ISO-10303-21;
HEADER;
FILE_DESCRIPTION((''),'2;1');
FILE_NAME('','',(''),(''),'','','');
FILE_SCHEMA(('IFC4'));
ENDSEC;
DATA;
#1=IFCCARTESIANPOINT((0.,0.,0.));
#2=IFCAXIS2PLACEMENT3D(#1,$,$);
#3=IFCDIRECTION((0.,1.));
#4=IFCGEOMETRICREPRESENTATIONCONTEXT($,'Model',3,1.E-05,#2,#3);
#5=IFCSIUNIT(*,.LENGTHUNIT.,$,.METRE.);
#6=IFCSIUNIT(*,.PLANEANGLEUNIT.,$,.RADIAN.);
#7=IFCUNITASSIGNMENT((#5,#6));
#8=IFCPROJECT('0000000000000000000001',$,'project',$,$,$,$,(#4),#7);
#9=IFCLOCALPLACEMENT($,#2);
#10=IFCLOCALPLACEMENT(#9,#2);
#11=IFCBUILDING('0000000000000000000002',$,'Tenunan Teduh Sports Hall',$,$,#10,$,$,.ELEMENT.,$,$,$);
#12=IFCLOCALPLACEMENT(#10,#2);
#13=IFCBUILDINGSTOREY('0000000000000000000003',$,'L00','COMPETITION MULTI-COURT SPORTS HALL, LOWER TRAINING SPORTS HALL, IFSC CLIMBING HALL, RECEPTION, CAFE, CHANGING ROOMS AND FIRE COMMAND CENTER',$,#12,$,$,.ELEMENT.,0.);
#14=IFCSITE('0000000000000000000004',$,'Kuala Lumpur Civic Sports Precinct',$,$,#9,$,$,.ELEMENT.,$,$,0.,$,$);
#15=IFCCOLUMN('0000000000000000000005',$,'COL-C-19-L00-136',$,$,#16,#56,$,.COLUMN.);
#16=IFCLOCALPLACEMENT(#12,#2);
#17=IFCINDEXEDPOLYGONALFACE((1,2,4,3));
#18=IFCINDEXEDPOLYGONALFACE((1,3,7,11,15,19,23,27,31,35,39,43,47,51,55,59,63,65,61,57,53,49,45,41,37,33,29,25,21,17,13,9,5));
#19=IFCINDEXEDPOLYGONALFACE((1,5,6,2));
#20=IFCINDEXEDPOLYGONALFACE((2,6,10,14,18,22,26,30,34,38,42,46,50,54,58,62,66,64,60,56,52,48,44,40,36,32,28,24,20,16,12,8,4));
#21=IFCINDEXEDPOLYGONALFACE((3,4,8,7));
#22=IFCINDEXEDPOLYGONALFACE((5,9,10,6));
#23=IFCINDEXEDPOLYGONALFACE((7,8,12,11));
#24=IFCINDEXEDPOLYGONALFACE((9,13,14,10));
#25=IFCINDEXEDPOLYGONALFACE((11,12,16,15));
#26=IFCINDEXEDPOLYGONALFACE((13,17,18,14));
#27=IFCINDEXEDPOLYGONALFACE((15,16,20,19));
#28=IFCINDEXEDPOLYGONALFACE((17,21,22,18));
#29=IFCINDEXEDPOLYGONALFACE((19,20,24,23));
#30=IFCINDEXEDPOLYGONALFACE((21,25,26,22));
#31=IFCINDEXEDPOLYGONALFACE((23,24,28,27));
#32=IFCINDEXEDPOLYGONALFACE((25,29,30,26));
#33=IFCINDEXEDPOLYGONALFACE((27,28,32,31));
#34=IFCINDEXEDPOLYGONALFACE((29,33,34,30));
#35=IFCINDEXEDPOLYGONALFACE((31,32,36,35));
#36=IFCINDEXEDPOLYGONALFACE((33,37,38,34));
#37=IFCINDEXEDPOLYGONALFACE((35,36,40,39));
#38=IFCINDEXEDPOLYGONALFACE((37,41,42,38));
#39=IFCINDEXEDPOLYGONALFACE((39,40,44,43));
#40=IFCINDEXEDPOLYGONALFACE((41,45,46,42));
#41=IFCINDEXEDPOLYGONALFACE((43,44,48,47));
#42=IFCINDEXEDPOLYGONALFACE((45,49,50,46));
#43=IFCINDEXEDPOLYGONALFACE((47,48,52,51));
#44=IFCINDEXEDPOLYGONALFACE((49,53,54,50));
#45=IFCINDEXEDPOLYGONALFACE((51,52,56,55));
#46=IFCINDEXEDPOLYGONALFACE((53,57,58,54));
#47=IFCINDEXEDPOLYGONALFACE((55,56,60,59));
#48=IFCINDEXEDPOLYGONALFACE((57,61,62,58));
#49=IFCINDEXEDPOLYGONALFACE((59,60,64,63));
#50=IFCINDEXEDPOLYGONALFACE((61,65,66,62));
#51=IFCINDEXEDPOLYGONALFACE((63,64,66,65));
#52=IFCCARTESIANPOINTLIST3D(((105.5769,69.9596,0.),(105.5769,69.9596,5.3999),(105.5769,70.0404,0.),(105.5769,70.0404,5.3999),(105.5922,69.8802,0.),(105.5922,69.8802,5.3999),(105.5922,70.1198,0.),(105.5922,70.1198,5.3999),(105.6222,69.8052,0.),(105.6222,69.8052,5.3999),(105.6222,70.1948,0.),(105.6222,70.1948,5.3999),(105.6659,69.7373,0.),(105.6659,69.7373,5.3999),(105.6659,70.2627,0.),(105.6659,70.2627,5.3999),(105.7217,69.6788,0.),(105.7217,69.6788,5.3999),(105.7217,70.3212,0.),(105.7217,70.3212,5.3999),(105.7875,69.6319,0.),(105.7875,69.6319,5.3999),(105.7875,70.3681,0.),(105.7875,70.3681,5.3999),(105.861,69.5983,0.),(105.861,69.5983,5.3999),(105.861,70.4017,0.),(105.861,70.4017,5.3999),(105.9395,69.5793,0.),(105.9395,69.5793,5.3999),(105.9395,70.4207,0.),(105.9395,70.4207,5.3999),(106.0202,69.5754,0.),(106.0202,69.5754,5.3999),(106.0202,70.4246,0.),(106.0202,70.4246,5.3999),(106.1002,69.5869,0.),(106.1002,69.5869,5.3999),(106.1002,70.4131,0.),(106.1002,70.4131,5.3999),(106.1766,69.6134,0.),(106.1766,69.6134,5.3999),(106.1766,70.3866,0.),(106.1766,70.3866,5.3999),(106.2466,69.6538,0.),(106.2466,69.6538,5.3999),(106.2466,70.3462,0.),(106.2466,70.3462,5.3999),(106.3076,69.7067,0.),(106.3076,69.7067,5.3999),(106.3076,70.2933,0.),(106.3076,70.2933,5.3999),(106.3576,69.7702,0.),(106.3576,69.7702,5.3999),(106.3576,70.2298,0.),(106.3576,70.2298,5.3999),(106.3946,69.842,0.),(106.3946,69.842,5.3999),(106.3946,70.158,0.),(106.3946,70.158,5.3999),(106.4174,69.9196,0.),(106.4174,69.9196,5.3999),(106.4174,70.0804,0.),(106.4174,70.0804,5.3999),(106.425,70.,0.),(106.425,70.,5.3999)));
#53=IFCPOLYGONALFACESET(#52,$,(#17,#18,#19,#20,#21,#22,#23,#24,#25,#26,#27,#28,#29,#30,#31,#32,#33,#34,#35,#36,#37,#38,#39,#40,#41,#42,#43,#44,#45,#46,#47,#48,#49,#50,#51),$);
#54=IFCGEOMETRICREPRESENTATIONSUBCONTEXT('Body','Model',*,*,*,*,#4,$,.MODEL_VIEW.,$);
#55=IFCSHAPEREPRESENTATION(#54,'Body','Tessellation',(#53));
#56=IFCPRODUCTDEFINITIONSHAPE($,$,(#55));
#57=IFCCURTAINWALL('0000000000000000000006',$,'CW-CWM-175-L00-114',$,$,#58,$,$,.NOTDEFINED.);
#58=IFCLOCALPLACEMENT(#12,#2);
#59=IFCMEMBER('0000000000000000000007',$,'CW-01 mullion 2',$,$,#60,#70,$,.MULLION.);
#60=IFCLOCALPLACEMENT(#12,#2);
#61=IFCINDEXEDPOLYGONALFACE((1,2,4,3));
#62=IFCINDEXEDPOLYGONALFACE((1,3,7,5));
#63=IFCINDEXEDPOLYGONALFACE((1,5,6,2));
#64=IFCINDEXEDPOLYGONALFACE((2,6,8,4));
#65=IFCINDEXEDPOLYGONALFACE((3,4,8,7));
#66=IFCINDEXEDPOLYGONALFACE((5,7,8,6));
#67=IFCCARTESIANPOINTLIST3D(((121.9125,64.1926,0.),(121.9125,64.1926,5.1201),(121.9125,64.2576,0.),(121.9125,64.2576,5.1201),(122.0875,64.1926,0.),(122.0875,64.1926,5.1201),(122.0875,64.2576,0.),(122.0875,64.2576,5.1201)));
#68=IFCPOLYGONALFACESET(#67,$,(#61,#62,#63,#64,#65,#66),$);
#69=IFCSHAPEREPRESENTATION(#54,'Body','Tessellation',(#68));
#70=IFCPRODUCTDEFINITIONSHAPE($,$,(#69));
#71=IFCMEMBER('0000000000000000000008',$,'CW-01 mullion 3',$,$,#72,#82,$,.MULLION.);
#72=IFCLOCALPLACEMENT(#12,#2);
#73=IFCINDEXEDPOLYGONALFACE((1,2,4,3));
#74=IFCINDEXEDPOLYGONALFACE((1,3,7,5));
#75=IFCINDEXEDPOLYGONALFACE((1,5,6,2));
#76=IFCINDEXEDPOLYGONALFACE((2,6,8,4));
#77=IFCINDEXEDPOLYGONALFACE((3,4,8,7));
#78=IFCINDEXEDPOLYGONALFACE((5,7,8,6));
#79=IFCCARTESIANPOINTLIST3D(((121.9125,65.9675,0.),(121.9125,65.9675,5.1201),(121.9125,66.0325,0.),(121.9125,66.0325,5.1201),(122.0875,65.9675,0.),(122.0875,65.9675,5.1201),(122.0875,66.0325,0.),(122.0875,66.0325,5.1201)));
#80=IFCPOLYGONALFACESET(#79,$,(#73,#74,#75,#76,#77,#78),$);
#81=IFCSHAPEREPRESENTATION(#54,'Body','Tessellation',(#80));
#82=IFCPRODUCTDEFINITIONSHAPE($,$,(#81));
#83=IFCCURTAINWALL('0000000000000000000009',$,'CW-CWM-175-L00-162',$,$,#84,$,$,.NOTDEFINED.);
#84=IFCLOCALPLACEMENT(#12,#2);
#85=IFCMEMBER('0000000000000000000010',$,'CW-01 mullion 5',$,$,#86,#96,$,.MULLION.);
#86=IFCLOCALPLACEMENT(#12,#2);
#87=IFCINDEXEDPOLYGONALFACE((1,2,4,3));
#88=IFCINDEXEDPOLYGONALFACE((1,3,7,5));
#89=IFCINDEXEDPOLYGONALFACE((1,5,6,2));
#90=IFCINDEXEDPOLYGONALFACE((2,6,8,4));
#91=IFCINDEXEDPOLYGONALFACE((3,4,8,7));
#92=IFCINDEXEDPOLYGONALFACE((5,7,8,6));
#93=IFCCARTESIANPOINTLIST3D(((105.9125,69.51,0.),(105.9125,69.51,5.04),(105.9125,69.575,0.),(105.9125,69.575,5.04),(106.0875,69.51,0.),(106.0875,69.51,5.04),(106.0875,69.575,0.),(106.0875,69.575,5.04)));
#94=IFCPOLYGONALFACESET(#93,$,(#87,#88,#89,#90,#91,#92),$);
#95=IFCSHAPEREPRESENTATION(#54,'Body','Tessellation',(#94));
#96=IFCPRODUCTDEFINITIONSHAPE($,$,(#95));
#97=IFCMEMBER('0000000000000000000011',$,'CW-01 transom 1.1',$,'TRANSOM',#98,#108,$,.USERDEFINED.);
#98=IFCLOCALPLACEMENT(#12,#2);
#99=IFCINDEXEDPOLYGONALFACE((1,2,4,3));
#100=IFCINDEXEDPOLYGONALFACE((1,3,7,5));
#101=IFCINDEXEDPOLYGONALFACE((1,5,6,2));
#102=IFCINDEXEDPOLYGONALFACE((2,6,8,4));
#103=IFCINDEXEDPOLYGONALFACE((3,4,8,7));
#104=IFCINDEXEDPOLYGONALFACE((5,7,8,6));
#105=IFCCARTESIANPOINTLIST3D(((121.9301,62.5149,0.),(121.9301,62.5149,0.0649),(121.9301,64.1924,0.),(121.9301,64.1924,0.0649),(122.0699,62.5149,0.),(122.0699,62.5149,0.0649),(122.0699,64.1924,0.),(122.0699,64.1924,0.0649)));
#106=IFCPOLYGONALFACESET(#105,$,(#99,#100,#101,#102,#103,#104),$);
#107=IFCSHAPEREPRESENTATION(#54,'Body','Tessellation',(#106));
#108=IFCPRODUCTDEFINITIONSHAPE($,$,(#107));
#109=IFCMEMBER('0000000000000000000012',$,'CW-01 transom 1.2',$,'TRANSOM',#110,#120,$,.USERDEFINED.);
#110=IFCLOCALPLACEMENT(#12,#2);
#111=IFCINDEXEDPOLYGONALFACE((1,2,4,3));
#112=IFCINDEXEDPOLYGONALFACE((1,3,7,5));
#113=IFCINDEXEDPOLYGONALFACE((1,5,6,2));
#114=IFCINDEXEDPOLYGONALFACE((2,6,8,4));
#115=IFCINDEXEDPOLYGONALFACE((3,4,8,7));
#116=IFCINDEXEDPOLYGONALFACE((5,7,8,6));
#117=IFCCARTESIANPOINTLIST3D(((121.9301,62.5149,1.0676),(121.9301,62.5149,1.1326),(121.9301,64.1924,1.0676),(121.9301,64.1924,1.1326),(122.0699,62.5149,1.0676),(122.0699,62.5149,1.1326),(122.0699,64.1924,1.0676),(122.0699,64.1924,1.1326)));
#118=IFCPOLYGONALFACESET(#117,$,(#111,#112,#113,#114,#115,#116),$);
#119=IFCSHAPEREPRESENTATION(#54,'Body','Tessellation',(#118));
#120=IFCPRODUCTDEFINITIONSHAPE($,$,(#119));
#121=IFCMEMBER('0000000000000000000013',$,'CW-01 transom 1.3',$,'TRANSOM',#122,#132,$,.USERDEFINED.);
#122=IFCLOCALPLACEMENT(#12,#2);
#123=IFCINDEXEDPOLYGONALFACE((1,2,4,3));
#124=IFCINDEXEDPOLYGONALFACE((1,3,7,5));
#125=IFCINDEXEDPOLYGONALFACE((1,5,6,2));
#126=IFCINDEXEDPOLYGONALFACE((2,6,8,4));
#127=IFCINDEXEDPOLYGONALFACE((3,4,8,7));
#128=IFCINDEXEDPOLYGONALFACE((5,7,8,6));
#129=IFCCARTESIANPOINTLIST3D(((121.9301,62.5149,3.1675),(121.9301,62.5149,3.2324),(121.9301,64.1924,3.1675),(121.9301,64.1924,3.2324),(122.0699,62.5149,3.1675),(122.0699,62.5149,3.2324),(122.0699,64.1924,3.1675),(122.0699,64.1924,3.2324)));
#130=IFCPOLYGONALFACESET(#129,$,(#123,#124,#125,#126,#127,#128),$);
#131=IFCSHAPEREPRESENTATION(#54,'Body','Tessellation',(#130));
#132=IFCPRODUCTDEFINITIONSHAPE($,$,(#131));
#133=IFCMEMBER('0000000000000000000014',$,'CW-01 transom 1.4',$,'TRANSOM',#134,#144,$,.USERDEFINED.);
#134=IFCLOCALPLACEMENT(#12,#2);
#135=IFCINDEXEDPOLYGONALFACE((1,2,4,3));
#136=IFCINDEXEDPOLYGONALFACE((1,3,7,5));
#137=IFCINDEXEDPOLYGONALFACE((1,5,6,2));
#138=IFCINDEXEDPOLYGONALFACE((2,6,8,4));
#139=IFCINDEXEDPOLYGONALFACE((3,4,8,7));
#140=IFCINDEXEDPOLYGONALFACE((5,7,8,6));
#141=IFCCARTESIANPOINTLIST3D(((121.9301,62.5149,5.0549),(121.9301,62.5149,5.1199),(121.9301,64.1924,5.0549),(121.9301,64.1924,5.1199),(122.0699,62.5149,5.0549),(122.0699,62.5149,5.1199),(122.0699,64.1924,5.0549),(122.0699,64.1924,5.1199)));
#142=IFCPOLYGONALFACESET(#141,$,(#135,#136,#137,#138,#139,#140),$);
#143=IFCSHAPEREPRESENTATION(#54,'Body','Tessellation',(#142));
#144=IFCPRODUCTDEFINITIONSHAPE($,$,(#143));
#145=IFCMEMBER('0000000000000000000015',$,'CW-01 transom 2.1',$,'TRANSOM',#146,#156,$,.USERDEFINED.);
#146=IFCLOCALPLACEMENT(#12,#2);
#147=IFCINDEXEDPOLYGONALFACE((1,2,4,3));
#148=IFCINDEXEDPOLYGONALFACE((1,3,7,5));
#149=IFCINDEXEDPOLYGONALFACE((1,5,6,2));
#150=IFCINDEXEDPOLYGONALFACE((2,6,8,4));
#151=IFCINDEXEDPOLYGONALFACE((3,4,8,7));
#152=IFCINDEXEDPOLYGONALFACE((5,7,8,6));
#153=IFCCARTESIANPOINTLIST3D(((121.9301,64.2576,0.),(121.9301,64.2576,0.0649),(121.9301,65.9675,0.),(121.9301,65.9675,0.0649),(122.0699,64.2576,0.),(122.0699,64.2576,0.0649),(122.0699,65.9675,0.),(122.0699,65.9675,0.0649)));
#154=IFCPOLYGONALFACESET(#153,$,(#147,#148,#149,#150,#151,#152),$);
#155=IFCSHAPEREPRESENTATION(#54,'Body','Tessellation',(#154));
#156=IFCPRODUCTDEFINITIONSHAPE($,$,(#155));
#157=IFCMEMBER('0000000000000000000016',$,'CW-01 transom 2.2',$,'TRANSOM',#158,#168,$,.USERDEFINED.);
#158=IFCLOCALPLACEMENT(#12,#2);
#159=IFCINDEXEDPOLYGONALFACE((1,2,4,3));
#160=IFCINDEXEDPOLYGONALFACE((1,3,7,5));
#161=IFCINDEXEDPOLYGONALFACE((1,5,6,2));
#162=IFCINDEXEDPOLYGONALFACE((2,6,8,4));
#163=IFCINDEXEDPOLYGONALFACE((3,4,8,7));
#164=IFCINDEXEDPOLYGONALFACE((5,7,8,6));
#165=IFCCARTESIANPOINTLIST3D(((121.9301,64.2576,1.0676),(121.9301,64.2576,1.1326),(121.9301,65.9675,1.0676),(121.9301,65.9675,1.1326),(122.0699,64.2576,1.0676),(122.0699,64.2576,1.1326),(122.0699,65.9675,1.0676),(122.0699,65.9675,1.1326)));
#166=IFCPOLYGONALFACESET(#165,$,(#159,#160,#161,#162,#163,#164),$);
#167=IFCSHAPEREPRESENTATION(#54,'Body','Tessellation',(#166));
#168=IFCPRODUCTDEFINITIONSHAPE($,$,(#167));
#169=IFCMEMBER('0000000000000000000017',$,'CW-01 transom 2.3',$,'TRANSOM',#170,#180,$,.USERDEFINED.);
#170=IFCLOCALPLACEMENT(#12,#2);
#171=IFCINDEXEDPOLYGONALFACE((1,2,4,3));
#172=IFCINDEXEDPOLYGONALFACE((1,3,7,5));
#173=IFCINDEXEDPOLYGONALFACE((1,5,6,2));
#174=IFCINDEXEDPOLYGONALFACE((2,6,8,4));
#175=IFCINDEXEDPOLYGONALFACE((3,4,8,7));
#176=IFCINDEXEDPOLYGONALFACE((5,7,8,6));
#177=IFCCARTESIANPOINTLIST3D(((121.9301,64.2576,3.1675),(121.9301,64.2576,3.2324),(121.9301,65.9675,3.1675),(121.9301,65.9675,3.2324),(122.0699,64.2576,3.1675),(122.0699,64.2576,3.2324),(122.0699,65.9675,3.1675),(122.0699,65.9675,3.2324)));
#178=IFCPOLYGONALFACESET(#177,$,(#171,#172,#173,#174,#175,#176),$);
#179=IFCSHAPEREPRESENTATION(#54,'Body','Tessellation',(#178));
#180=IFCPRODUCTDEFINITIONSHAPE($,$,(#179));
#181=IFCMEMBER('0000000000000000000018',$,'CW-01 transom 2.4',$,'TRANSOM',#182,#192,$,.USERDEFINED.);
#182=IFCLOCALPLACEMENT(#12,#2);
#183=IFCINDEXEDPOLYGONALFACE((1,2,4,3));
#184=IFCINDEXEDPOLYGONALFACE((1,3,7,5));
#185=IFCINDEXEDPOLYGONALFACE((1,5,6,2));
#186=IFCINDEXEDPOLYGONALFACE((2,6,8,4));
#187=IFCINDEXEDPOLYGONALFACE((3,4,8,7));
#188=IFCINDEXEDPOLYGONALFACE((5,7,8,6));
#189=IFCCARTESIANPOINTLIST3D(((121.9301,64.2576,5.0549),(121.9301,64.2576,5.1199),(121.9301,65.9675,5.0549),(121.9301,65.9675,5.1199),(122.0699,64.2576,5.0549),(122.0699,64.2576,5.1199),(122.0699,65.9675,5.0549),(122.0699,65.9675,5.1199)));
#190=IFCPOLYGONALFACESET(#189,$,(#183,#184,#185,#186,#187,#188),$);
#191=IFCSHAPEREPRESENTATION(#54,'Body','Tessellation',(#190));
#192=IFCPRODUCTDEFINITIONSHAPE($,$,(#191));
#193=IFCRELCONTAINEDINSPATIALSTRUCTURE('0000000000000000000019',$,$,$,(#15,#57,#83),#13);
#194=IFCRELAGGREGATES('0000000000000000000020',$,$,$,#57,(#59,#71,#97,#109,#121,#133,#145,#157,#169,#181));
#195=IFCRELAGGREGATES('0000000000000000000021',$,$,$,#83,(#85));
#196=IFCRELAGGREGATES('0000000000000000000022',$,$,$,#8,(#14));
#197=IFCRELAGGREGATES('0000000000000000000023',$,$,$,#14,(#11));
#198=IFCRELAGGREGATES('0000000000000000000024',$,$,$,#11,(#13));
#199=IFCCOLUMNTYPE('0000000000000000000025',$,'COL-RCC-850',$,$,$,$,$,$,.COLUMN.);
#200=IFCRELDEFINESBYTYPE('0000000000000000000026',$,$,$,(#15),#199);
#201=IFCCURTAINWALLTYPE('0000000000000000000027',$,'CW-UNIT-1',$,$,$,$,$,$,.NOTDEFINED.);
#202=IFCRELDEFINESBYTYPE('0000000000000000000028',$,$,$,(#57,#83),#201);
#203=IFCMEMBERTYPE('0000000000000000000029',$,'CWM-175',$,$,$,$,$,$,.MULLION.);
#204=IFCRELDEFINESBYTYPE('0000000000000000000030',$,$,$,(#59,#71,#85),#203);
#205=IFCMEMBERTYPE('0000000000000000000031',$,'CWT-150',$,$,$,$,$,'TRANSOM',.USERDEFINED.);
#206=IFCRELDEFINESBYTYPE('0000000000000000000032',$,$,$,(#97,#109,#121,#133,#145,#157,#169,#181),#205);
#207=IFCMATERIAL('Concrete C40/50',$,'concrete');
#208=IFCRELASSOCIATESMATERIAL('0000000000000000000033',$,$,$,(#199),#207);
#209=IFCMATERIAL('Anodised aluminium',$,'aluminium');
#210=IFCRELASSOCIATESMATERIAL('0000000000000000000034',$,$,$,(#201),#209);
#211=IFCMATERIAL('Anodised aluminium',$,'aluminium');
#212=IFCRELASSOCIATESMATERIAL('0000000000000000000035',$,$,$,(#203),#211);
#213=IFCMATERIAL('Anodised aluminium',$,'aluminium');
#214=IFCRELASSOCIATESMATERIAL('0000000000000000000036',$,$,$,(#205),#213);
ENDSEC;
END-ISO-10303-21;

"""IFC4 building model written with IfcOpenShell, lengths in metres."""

from ifc_helpers import new_model, si_unit, direction, frame, origin, origin_2d, place, context, subcontext, project, spatial, rectangle, circle, extrude, material, material_profile, profile_set, type_object, element, aggregate, save


model = new_model("IFC4")

# Units and contexts
model_context = context("Model", 3, precision=1e-05, world=origin(), true_north=direction((0.0, 1.0)))
body_context = subcontext(model_context, "Body", "Model", "MODEL_VIEW")
ifc_project = project(units=[si_unit("LENGTHUNIT", "METRE"), si_unit("PLANEANGLEUNIT", "RADIAN")], contexts=[model_context])

# Site, building, storey
site_placement = place(None, origin())
site = spatial("IfcSite", under=ifc_project, at=site_placement, Name="Kuala Lumpur Civic Sports Precinct", CompositionType="ELEMENT", RefElevation=0.0)
building_placement = place(site_placement, origin())
building = spatial("IfcBuilding", under=site, at=building_placement, Name="Tenunan Teduh Sports Hall", CompositionType="ELEMENT")
storey_placement = place(building_placement, origin())
storey = spatial("IfcBuildingStorey", under=building, at=storey_placement, Name="L00", Description="COMPETITION MULTI-COURT SPORTS HALL, LOWER TRAINING SPORTS HALL, IFSC CLIMBING HALL, RECEPTION, CAFE, CHANGING ROOMS AND FIRE COMMAND CENTER", CompositionType="ELEMENT", Elevation=0.0)

# Column
ifc_material_1 = material(Name="Concrete C40/50", Category="concrete")
ifc_material_profile_1 = material_profile(ifc_material_1, circle(Radius=0.425, at=origin_2d()), Name="RCC D850")
ifc_profile_set_1 = profile_set([ifc_material_profile_1], Name="Concrete C40/50")
column_type = type_object("IfcColumnType", Name="COL-RCC-850", PredefinedType="COLUMN", material=ifc_profile_set_1)
column_placement = place(storey_placement, frame((106.0, 70.0, 0.0), z_axis=(0.0, 0.0, 1.0), x_axis=(1.0, 0.0, 0.0)))
element("IfcColumn", 1, at=column_placement, inside=storey, type_object=column_type, Name="COL-C-19-L00-136", PredefinedType="COLUMN", context=body_context, shape_type="SweptSolid", body=[
    extrude(circle(Radius=0.425, at=origin_2d()), origin(), (0.0, 0.0, 1.0), 5.3999),
])

# Curtain wall, members
ifc_material_2 = material(Name="Anodised aluminium", Category="aluminium")
curtain_wall_type = type_object("IfcCurtainWallType", Name="CW-UNIT-1", PredefinedType="NOTDEFINED", material=ifc_material_2)
curtain_wall_1_placement = place(storey_placement, origin())
curtain_wall_1 = element("IfcCurtainWall", 2, at=curtain_wall_1_placement, inside=storey, type_object=curtain_wall_type, Name="CW-CWM-175-L00-114", PredefinedType="NOTDEFINED")
ifc_material_3 = material(Name="Anodised aluminium", Category="aluminium")
ifc_material_profile_2 = material_profile(ifc_material_3, rectangle(XDim=0.0649, YDim=0.175, at=origin_2d()), Name="CWM 65x175")
ifc_profile_set_2 = profile_set([ifc_material_profile_2], Name="Anodised aluminium")
member_type_1 = type_object("IfcMemberType", Name="CWM-175", PredefinedType="MULLION", material=ifc_profile_set_2)
member_1_placement = place(storey_placement, frame((122.0, 64.2251, 0.0), z_axis=(0.0, 0.0, 1.0), x_axis=(0.0, 1.0, 0.0)))
member_1 = element("IfcMember", 3, at=member_1_placement, type_object=member_type_1, Name="CW-01 mullion 2", PredefinedType="MULLION", context=body_context, shape_type="SweptSolid", body=[
    extrude(rectangle(XDim=0.0649, YDim=0.175, at=origin_2d()), origin(), (0.0, 0.0, 1.0), 5.1201),
])
member_2_placement = place(storey_placement, frame((122.0, 66.0, 0.0), z_axis=(0.0, 0.0, 1.0), x_axis=(0.0, 1.0, 0.0)))
member_2 = element("IfcMember", 4, at=member_2_placement, type_object=member_type_1, Name="CW-01 mullion 3", PredefinedType="MULLION", context=body_context, shape_type="SweptSolid", body=[
    extrude(rectangle(XDim=0.0649, YDim=0.175, at=origin_2d()), origin(), (0.0, 0.0, 1.0), 5.1201),
])

# Curtain wall, member
curtain_wall_2_placement = place(storey_placement, origin())
curtain_wall_2 = element("IfcCurtainWall", 5, at=curtain_wall_2_placement, inside=storey, type_object=curtain_wall_type, Name="CW-CWM-175-L00-162", PredefinedType="NOTDEFINED")
member_3_placement = place(storey_placement, frame((106.0, 69.5425, 0.0), z_axis=(0.0, 0.0, 1.0), x_axis=(0.0, 1.0, 0.0)))
member_3 = element("IfcMember", 6, at=member_3_placement, type_object=member_type_1, Name="CW-01 mullion 5", PredefinedType="MULLION", context=body_context, shape_type="SweptSolid", body=[
    extrude(rectangle(XDim=0.0649, YDim=0.175, at=origin_2d()), origin(), (0.0, 0.0, 1.0), 5.04),
])

# Members
ifc_material_4 = material(Name="Anodised aluminium", Category="aluminium")
ifc_material_profile_3 = material_profile(ifc_material_4, rectangle(XDim=0.0649, YDim=0.1399, at=origin_2d()), Name="CWT 65x140")
ifc_profile_set_3 = profile_set([ifc_material_profile_3], Name="Anodised aluminium")
member_type_2 = type_object("IfcMemberType", Name="CWT-150", ElementType="TRANSOM", PredefinedType="USERDEFINED", material=ifc_profile_set_3)
member_4_placement = place(storey_placement, frame((122.0, 62.5149, 0.0325), z_axis=(0.0, 1.0, 0.0), x_axis=(0.0, 0.0, 1.0)))
member_4 = element("IfcMember", 7, at=member_4_placement, type_object=member_type_2, Name="CW-01 transom 1.1", ObjectType="TRANSOM", PredefinedType="USERDEFINED", context=body_context, shape_type="SweptSolid", body=[
    extrude(rectangle(XDim=0.0649, YDim=0.1399, at=origin_2d()), origin(), (0.0, 0.0, 1.0), 1.6775),
])
member_5_placement = place(storey_placement, frame((122.0, 62.5149, 1.1001), z_axis=(0.0, 1.0, 0.0), x_axis=(0.0, 0.0, 1.0)))
member_5 = element("IfcMember", 8, at=member_5_placement, type_object=member_type_2, Name="CW-01 transom 1.2", ObjectType="TRANSOM", PredefinedType="USERDEFINED", context=body_context, shape_type="SweptSolid", body=[
    extrude(rectangle(XDim=0.0649, YDim=0.1399, at=origin_2d()), origin(), (0.0, 0.0, 1.0), 1.6775),
])
member_6_placement = place(storey_placement, frame((122.0, 62.5149, 3.2), z_axis=(0.0, 1.0, 0.0), x_axis=(0.0, 0.0, 1.0)))
member_6 = element("IfcMember", 9, at=member_6_placement, type_object=member_type_2, Name="CW-01 transom 1.3", ObjectType="TRANSOM", PredefinedType="USERDEFINED", context=body_context, shape_type="SweptSolid", body=[
    extrude(rectangle(XDim=0.0649, YDim=0.1399, at=origin_2d()), origin(), (0.0, 0.0, 1.0), 1.6775),
])
member_7_placement = place(storey_placement, frame((122.0, 62.5149, 5.0874), z_axis=(0.0, 1.0, 0.0), x_axis=(0.0, 0.0, 1.0)))
member_7 = element("IfcMember", 10, at=member_7_placement, type_object=member_type_2, Name="CW-01 transom 1.4", ObjectType="TRANSOM", PredefinedType="USERDEFINED", context=body_context, shape_type="SweptSolid", body=[
    extrude(rectangle(XDim=0.0649, YDim=0.1399, at=origin_2d()), origin(), (0.0, 0.0, 1.0), 1.6775),
])
member_8_placement = place(storey_placement, frame((122.0, 64.2576, 0.0325), z_axis=(0.0, 1.0, 0.0), x_axis=(0.0, 0.0, 1.0)))
member_8 = element("IfcMember", 11, at=member_8_placement, type_object=member_type_2, Name="CW-01 transom 2.1", ObjectType="TRANSOM", PredefinedType="USERDEFINED", context=body_context, shape_type="SweptSolid", body=[
    extrude(rectangle(XDim=0.0649, YDim=0.1399, at=origin_2d()), origin(), (0.0, 0.0, 1.0), 1.71),
])
member_9_placement = place(storey_placement, frame((122.0, 64.2576, 1.1001), z_axis=(0.0, 1.0, 0.0), x_axis=(0.0, 0.0, 1.0)))
member_9 = element("IfcMember", 12, at=member_9_placement, type_object=member_type_2, Name="CW-01 transom 2.2", ObjectType="TRANSOM", PredefinedType="USERDEFINED", context=body_context, shape_type="SweptSolid", body=[
    extrude(rectangle(XDim=0.0649, YDim=0.1399, at=origin_2d()), origin(), (0.0, 0.0, 1.0), 1.71),
])
member_10_placement = place(storey_placement, frame((122.0, 64.2576, 3.2), z_axis=(0.0, 1.0, 0.0), x_axis=(0.0, 0.0, 1.0)))
member_10 = element("IfcMember", 13, at=member_10_placement, type_object=member_type_2, Name="CW-01 transom 2.3", ObjectType="TRANSOM", PredefinedType="USERDEFINED", context=body_context, shape_type="SweptSolid", body=[
    extrude(rectangle(XDim=0.0649, YDim=0.1399, at=origin_2d()), origin(), (0.0, 0.0, 1.0), 1.71),
])
member_11_placement = place(storey_placement, frame((122.0, 64.2576, 5.0874), z_axis=(0.0, 1.0, 0.0), x_axis=(0.0, 0.0, 1.0)))
member_11 = element("IfcMember", 14, at=member_11_placement, type_object=member_type_2, Name="CW-01 transom 2.4", ObjectType="TRANSOM", PredefinedType="USERDEFINED", context=body_context, shape_type="SweptSolid", body=[
    extrude(rectangle(XDim=0.0649, YDim=0.1399, at=origin_2d()), origin(), (0.0, 0.0, 1.0), 1.71),
])

aggregate(curtain_wall_1, [member_1, member_2, member_4, member_5, member_6, member_7, member_8, member_9, member_10, member_11])
aggregate(curtain_wall_2, [member_3])

save(model, "model.ifc")
